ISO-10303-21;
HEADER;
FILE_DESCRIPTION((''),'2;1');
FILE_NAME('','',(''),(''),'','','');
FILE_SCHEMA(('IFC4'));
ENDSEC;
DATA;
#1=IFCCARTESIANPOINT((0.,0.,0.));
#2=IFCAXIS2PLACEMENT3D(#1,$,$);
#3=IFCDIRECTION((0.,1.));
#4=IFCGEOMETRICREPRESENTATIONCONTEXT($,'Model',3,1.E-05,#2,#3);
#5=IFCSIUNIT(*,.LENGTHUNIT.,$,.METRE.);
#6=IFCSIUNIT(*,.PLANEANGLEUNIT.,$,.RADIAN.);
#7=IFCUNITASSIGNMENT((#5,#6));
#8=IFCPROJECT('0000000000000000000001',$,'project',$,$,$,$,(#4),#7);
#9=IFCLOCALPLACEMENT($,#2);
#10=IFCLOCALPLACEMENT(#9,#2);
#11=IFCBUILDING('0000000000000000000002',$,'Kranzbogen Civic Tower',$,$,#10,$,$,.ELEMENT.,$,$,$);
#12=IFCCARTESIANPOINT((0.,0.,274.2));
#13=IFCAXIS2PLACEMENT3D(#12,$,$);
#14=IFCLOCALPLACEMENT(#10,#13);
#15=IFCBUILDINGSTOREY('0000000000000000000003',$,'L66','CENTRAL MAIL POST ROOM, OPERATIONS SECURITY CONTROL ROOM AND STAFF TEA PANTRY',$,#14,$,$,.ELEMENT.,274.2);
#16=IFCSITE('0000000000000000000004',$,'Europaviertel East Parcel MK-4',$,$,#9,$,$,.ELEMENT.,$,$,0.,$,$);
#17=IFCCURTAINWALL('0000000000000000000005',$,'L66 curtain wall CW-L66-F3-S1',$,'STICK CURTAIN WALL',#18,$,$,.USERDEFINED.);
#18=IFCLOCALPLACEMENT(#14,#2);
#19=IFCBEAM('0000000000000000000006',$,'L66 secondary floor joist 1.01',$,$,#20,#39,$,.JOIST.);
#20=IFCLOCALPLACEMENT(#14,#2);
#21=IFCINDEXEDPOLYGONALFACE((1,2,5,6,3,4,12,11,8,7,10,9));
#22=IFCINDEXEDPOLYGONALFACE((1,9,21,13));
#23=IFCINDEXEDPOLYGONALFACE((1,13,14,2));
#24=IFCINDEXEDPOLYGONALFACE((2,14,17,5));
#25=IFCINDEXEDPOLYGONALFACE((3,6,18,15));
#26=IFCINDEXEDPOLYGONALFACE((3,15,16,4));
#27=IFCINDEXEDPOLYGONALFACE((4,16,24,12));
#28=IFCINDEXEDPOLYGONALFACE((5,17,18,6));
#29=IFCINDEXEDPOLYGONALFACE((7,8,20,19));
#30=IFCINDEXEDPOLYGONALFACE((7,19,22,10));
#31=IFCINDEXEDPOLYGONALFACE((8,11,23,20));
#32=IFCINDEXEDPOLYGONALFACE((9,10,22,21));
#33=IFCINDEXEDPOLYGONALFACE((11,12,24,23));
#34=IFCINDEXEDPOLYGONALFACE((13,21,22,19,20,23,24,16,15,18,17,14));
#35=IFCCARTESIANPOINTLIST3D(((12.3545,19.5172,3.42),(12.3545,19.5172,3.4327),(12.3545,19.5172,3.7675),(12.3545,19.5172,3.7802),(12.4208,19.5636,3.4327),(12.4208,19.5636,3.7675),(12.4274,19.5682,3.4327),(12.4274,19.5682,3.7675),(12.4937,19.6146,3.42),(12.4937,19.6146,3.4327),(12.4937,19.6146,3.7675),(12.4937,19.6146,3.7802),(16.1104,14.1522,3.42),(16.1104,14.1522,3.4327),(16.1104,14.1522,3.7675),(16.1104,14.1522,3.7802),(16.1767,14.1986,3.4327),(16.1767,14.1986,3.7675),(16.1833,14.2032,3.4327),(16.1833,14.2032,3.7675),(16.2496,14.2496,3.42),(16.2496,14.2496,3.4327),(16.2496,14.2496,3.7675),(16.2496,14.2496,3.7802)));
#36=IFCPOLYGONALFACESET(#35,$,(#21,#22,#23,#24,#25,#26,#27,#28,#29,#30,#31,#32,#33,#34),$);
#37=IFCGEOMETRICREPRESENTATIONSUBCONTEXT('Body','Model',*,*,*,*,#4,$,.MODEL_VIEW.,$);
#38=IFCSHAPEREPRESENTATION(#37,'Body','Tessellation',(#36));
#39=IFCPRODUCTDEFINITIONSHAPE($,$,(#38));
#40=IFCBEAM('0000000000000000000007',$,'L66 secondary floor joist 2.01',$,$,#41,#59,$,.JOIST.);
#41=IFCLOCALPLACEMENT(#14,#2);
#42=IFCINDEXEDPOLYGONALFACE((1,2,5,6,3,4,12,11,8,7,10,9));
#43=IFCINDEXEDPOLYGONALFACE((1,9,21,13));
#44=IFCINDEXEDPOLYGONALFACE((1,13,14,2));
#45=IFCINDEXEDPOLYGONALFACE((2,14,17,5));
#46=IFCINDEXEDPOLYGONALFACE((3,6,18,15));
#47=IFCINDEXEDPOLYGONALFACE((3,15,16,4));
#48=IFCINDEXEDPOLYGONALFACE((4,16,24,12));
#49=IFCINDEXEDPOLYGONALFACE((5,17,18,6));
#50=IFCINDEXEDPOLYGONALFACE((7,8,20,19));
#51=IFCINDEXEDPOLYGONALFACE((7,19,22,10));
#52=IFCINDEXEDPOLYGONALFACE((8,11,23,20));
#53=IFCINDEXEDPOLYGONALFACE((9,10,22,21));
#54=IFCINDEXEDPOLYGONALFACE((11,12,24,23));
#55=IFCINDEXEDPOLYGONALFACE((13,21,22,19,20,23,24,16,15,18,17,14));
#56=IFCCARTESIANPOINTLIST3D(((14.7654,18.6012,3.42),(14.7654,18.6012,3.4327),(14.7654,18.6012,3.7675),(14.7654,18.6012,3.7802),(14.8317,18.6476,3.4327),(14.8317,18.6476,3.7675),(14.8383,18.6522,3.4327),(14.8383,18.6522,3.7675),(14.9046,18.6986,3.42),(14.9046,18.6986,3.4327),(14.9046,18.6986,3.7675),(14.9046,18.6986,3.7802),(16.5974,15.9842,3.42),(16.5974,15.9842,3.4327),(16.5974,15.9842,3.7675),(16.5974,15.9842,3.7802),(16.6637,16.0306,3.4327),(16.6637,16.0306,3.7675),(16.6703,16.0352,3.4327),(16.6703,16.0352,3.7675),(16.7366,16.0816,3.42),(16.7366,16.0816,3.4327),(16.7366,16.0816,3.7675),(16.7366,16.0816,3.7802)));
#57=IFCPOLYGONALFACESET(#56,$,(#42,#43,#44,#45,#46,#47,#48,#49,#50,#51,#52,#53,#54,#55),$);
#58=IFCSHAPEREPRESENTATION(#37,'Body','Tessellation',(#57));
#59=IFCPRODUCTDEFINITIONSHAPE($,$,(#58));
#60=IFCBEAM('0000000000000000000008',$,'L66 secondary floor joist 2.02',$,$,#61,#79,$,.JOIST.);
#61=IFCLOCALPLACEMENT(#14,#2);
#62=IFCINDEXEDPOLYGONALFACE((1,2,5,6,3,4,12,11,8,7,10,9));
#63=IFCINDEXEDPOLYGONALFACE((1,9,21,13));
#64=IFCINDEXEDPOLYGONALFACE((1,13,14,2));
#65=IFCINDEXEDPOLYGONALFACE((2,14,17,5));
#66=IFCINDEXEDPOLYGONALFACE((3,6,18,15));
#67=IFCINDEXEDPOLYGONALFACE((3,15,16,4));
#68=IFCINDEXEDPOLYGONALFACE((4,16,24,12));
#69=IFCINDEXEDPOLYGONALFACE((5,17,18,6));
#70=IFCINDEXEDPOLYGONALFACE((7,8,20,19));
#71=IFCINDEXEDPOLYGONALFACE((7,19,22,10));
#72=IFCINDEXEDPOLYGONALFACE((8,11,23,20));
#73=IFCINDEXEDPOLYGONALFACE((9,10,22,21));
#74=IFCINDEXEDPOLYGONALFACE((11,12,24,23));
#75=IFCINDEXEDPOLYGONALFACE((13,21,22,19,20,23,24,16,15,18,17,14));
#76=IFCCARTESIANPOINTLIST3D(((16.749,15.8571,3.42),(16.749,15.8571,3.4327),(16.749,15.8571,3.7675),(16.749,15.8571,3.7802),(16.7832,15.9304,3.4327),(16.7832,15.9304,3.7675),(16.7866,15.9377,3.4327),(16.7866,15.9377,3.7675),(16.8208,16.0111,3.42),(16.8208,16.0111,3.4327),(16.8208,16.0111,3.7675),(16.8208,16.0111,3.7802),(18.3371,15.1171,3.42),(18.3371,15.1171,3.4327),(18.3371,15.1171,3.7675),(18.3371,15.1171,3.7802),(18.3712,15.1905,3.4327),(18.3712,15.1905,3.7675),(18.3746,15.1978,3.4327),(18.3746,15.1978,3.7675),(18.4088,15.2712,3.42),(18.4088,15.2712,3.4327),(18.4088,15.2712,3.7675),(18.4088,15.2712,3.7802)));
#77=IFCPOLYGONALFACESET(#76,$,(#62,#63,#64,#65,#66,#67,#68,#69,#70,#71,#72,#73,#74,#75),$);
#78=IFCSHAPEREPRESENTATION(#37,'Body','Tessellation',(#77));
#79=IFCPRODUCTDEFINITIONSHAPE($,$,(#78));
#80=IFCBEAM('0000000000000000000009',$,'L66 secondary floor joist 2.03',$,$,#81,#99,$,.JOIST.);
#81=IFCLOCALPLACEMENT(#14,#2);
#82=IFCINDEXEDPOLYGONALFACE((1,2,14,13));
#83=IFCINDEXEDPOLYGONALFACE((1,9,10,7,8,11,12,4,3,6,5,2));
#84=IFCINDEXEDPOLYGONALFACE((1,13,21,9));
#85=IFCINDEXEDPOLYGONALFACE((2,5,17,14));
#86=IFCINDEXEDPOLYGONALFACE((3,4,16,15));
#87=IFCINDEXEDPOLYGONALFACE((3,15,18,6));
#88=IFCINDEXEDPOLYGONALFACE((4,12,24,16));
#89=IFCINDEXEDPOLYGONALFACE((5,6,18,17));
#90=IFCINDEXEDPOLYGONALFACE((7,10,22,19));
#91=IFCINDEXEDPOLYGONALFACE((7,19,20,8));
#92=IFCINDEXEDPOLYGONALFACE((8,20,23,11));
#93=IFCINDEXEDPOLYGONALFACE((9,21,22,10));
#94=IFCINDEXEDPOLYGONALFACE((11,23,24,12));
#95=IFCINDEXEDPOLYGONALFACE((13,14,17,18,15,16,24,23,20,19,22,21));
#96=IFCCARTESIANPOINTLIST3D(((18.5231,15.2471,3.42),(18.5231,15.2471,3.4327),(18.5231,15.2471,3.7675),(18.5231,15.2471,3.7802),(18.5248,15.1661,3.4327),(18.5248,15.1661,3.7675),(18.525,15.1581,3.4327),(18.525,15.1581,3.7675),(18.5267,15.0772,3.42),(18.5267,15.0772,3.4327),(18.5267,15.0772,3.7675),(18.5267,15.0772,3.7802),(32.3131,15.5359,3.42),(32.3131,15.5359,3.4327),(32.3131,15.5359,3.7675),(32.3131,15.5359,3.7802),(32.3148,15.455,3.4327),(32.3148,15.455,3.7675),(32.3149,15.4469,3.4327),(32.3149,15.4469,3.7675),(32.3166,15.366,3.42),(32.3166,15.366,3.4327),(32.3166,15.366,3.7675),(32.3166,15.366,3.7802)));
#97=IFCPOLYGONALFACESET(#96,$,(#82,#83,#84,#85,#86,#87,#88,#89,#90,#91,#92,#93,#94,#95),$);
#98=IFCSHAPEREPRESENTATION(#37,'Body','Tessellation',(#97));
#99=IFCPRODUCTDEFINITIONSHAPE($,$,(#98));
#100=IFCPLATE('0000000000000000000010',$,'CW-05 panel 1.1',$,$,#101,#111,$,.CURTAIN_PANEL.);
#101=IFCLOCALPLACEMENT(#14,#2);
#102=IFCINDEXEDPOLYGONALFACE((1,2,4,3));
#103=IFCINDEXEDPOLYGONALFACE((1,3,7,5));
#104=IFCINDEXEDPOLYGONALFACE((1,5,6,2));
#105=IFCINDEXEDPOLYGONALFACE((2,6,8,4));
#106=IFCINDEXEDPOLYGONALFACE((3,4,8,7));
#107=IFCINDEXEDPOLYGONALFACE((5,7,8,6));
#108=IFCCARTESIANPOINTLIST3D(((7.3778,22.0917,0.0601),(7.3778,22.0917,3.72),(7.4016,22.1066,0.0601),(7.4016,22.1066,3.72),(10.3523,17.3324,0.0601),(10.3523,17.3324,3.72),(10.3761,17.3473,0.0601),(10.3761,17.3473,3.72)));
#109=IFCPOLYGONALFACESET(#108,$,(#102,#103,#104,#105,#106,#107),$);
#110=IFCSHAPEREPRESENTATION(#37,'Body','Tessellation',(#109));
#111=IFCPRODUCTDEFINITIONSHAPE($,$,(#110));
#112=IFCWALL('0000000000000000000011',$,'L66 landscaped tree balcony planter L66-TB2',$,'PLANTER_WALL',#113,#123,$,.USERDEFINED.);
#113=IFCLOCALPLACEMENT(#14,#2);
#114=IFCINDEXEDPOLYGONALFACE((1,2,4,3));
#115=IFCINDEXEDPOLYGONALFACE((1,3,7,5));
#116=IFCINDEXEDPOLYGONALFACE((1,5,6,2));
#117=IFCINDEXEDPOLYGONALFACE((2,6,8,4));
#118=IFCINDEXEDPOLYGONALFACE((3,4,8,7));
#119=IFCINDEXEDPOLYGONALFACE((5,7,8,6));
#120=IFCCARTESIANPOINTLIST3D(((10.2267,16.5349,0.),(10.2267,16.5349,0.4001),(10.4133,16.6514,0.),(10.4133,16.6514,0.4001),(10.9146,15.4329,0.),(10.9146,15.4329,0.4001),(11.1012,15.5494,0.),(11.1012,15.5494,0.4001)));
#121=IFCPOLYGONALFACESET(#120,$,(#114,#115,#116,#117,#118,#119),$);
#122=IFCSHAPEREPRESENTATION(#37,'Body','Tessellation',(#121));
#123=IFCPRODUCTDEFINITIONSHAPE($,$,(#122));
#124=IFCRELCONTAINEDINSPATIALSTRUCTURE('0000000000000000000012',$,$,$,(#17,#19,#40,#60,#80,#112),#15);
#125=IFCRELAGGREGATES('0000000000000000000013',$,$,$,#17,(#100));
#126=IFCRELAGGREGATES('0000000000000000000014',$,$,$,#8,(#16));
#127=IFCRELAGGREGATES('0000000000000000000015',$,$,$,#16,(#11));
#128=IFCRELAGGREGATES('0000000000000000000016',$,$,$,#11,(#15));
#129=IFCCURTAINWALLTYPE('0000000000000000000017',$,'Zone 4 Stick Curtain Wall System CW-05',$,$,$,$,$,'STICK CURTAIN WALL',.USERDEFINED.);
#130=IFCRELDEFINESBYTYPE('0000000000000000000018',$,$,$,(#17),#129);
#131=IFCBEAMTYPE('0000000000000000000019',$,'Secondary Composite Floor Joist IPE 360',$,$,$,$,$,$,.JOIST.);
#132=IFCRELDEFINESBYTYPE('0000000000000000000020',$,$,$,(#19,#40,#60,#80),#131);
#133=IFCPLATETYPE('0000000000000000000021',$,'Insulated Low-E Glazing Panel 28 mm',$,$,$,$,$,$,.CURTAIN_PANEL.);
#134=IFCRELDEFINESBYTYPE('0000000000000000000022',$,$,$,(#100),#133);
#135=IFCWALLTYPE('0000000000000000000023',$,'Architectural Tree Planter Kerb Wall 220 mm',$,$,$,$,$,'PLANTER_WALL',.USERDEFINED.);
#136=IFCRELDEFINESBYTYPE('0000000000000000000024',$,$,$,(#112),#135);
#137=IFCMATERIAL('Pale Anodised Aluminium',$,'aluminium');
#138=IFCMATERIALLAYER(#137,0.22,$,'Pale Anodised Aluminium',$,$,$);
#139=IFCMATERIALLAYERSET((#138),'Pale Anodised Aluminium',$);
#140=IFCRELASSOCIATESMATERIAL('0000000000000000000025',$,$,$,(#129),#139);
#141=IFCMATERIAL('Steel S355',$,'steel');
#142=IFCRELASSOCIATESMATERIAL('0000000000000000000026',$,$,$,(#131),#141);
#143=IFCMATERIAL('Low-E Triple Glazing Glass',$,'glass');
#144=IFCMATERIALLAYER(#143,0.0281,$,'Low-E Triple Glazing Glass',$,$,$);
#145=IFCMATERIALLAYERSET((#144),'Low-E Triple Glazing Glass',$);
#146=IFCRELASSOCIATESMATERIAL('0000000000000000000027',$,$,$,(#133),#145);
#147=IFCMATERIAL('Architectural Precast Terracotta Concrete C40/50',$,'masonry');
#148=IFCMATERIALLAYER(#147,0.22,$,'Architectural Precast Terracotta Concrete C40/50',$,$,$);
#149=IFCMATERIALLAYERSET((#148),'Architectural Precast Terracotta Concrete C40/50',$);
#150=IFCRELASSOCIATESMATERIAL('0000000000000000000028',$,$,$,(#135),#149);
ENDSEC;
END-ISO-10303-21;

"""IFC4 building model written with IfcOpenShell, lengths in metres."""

from ifc_helpers import new_model, si_unit, direction, frame, frame_2d, origin, origin_2d, place, context, subcontext, project, spatial, rectangle, i_section, extrude, material, layer, layer_set, material_profile, profile_set, type_object, element, aggregate, save


model = new_model("IFC4")

# Units and contexts
model_context = context("Model", 3, precision=1e-05, world=origin(), true_north=direction((0.0, 1.0)))
body_context = subcontext(model_context, "Body", "Model", "MODEL_VIEW")
ifc_project = project(units=[si_unit("LENGTHUNIT", "METRE"), si_unit("PLANEANGLEUNIT", "RADIAN")], contexts=[model_context])

# Site, building, storey
site_placement = place(None, origin())
site = spatial("IfcSite", under=ifc_project, at=site_placement, Name="Europaviertel East Parcel MK-4", CompositionType="ELEMENT", RefElevation=0.0)
building_placement = place(site_placement, origin())
building = spatial("IfcBuilding", under=site, at=building_placement, Name="Kranzbogen Civic Tower", CompositionType="ELEMENT")
storey_placement = place(building_placement, frame((0.0, 0.0, 274.2)))
storey = spatial("IfcBuildingStorey", under=building, at=storey_placement, Name="L66", Description="CENTRAL MAIL POST ROOM, OPERATIONS SECURITY CONTROL ROOM AND STAFF TEA PANTRY", CompositionType="ELEMENT", Elevation=274.2)

# Shared definitions
ifc_material_1 = material(Name="Steel S355", Category="steel")

# Curtain wall
ifc_material_2 = material(Name="Pale Anodised Aluminium", Category="aluminium")
ifc_layer_1 = layer(ifc_material_2, 0.22, Name="Pale Anodised Aluminium")
ifc_layer_set_1 = layer_set([ifc_layer_1], Name="Pale Anodised Aluminium")
curtain_wall_type = type_object("IfcCurtainWallType", Name="Zone 4 Stick Curtain Wall System CW-05", ElementType="STICK CURTAIN WALL", PredefinedType="USERDEFINED", material=ifc_layer_set_1)
curtain_wall_1_placement = place(storey_placement, origin())
curtain_wall_1 = element("IfcCurtainWall", 1, at=curtain_wall_1_placement, inside=storey, type_object=curtain_wall_type, Name="L66 curtain wall CW-L66-F3-S1", ObjectType="STICK CURTAIN WALL", PredefinedType="USERDEFINED")

# Beams
ifc_material_profile_1 = material_profile(ifc_material_1, i_section(OverallWidth=0.1699, OverallDepth=0.3601, WebThickness=0.0081, FlangeThickness=0.0127, at=origin_2d()), Name="IPE 360")
ifc_profile_set_1 = profile_set([ifc_material_profile_1], Name="Steel S355")
beam_type_1 = type_object("IfcBeamType", Name="Secondary Composite Floor Joist IPE 360", PredefinedType="JOIST", material=ifc_profile_set_1)
beam_1_placement = place(storey_placement, frame((12.4241, 19.5659, 3.6001), z_axis=(0.5735, -0.819206, 0.0), x_axis=(0.819206, 0.5735, 0.0)))
element("IfcBeam", 2, at=beam_1_placement, inside=storey, type_object=beam_type_1, Name="L66 secondary floor joist 1.01", PredefinedType="JOIST", context=body_context, shape_type="SweptSolid", body=[
    extrude(i_section(OverallWidth=0.1699, OverallDepth=0.3601, WebThickness=0.0081, FlangeThickness=0.0127, at=origin_2d()), origin(), (0.0, 0.0, 1.0), 6.5491),
])
beam_2_placement = place(storey_placement, frame((14.835, 18.6499, 3.6001), z_axis=(0.573498, -0.819207, 0.0), x_axis=(0.819207, 0.573498, 0.0)))
element("IfcBeam", 3, at=beam_2_placement, inside=storey, type_object=beam_type_1, Name="L66 secondary floor joist 2.01", PredefinedType="JOIST", context=body_context, shape_type="SweptSolid", body=[
    extrude(i_section(OverallWidth=0.1699, OverallDepth=0.3601, WebThickness=0.0081, FlangeThickness=0.0127, at=origin_2d()), origin(), (0.0, 0.0, 1.0), 3.1946),
])
beam_3_placement = place(storey_placement, frame((16.7849, 15.9341, 3.6001), z_axis=(0.906432, -0.422351, 0.0), x_axis=(0.422351, 0.906432, 0.0)))
element("IfcBeam", 4, at=beam_3_placement, inside=storey, type_object=beam_type_1, Name="L66 secondary floor joist 2.02", PredefinedType="JOIST", context=body_context, shape_type="SweptSolid", body=[
    extrude(i_section(OverallWidth=0.1699, OverallDepth=0.3601, WebThickness=0.0081, FlangeThickness=0.0127, at=origin_2d()), origin(), (0.0, 0.0, 1.0), 1.752),
])
beam_4_placement = place(storey_placement, frame((18.5249, 15.1621, 3.6001), z_axis=(0.999781, 0.020939, 0.0), x_axis=(-0.020939, 0.999781, 0.0)))
element("IfcBeam", 5, at=beam_4_placement, inside=storey, type_object=beam_type_1, Name="L66 secondary floor joist 2.03", PredefinedType="JOIST", context=body_context, shape_type="SweptSolid", body=[
    extrude(i_section(OverallWidth=0.1699, OverallDepth=0.3601, WebThickness=0.0081, FlangeThickness=0.0127, at=origin_2d()), origin(), (0.0, 0.0, 1.0), 13.793),
])

# Plate
ifc_material_3 = material(Name="Low-E Triple Glazing Glass", Category="glass")
ifc_layer_2 = layer(ifc_material_3, 0.0281, Name="Low-E Triple Glazing Glass")
ifc_layer_set_2 = layer_set([ifc_layer_2], Name="Low-E Triple Glazing Glass")
plate_type = type_object("IfcPlateType", Name="Insulated Low-E Glazing Panel 28 mm", PredefinedType="CURTAIN_PANEL", material=ifc_layer_set_2)
plate_placement = place(storey_placement, frame((8.877, 19.7195, 0.0601), z_axis=(0.0, 0.0, 1.0), x_axis=(0.529983, -0.848008, 0.0)))
plate = element("IfcPlate", 6, at=plate_placement, type_object=plate_type, Name="CW-05 panel 1.1", PredefinedType="CURTAIN_PANEL", context=body_context, shape_type="SweptSolid", body=[
    extrude(rectangle(XDim=5.6123, YDim=0.0281, at=origin_2d()), origin(), (0.0, 0.0, 1.0), 3.6599),
])
aggregate(curtain_wall_1, [plate])

# Wall
ifc_material_4 = material(Name="Architectural Precast Terracotta Concrete C40/50", Category="masonry")
ifc_layer_3 = layer(ifc_material_4, 0.22, Name="Architectural Precast Terracotta Concrete C40/50")
ifc_layer_set_3 = layer_set([ifc_layer_3], Name="Architectural Precast Terracotta Concrete C40/50")
wall_type_1 = type_object("IfcWallType", Name="Architectural Tree Planter Kerb Wall 220 mm", ElementType="PLANTER_WALL", PredefinedType="USERDEFINED", material=ifc_layer_set_3)
wall_1_placement = place(storey_placement, frame((10.3201, 16.593, 0.0), z_axis=(0.0, 0.0, 1.0), x_axis=(0.52956, -0.848273, 0.0)))
element("IfcWall", 7, at=wall_1_placement, inside=storey, type_object=wall_type_1, Name="L66 landscaped tree balcony planter L66-TB2", ObjectType="PLANTER_WALL", PredefinedType="USERDEFINED", context=body_context, shape_type="SweptSolid", body=[
    extrude(rectangle(XDim=1.2991, YDim=0.22, at=frame_2d((0.6494, 0.0))), origin(), (0.0, 0.0, 1.0), 0.4001),
])

save(model, "model.ifc")
